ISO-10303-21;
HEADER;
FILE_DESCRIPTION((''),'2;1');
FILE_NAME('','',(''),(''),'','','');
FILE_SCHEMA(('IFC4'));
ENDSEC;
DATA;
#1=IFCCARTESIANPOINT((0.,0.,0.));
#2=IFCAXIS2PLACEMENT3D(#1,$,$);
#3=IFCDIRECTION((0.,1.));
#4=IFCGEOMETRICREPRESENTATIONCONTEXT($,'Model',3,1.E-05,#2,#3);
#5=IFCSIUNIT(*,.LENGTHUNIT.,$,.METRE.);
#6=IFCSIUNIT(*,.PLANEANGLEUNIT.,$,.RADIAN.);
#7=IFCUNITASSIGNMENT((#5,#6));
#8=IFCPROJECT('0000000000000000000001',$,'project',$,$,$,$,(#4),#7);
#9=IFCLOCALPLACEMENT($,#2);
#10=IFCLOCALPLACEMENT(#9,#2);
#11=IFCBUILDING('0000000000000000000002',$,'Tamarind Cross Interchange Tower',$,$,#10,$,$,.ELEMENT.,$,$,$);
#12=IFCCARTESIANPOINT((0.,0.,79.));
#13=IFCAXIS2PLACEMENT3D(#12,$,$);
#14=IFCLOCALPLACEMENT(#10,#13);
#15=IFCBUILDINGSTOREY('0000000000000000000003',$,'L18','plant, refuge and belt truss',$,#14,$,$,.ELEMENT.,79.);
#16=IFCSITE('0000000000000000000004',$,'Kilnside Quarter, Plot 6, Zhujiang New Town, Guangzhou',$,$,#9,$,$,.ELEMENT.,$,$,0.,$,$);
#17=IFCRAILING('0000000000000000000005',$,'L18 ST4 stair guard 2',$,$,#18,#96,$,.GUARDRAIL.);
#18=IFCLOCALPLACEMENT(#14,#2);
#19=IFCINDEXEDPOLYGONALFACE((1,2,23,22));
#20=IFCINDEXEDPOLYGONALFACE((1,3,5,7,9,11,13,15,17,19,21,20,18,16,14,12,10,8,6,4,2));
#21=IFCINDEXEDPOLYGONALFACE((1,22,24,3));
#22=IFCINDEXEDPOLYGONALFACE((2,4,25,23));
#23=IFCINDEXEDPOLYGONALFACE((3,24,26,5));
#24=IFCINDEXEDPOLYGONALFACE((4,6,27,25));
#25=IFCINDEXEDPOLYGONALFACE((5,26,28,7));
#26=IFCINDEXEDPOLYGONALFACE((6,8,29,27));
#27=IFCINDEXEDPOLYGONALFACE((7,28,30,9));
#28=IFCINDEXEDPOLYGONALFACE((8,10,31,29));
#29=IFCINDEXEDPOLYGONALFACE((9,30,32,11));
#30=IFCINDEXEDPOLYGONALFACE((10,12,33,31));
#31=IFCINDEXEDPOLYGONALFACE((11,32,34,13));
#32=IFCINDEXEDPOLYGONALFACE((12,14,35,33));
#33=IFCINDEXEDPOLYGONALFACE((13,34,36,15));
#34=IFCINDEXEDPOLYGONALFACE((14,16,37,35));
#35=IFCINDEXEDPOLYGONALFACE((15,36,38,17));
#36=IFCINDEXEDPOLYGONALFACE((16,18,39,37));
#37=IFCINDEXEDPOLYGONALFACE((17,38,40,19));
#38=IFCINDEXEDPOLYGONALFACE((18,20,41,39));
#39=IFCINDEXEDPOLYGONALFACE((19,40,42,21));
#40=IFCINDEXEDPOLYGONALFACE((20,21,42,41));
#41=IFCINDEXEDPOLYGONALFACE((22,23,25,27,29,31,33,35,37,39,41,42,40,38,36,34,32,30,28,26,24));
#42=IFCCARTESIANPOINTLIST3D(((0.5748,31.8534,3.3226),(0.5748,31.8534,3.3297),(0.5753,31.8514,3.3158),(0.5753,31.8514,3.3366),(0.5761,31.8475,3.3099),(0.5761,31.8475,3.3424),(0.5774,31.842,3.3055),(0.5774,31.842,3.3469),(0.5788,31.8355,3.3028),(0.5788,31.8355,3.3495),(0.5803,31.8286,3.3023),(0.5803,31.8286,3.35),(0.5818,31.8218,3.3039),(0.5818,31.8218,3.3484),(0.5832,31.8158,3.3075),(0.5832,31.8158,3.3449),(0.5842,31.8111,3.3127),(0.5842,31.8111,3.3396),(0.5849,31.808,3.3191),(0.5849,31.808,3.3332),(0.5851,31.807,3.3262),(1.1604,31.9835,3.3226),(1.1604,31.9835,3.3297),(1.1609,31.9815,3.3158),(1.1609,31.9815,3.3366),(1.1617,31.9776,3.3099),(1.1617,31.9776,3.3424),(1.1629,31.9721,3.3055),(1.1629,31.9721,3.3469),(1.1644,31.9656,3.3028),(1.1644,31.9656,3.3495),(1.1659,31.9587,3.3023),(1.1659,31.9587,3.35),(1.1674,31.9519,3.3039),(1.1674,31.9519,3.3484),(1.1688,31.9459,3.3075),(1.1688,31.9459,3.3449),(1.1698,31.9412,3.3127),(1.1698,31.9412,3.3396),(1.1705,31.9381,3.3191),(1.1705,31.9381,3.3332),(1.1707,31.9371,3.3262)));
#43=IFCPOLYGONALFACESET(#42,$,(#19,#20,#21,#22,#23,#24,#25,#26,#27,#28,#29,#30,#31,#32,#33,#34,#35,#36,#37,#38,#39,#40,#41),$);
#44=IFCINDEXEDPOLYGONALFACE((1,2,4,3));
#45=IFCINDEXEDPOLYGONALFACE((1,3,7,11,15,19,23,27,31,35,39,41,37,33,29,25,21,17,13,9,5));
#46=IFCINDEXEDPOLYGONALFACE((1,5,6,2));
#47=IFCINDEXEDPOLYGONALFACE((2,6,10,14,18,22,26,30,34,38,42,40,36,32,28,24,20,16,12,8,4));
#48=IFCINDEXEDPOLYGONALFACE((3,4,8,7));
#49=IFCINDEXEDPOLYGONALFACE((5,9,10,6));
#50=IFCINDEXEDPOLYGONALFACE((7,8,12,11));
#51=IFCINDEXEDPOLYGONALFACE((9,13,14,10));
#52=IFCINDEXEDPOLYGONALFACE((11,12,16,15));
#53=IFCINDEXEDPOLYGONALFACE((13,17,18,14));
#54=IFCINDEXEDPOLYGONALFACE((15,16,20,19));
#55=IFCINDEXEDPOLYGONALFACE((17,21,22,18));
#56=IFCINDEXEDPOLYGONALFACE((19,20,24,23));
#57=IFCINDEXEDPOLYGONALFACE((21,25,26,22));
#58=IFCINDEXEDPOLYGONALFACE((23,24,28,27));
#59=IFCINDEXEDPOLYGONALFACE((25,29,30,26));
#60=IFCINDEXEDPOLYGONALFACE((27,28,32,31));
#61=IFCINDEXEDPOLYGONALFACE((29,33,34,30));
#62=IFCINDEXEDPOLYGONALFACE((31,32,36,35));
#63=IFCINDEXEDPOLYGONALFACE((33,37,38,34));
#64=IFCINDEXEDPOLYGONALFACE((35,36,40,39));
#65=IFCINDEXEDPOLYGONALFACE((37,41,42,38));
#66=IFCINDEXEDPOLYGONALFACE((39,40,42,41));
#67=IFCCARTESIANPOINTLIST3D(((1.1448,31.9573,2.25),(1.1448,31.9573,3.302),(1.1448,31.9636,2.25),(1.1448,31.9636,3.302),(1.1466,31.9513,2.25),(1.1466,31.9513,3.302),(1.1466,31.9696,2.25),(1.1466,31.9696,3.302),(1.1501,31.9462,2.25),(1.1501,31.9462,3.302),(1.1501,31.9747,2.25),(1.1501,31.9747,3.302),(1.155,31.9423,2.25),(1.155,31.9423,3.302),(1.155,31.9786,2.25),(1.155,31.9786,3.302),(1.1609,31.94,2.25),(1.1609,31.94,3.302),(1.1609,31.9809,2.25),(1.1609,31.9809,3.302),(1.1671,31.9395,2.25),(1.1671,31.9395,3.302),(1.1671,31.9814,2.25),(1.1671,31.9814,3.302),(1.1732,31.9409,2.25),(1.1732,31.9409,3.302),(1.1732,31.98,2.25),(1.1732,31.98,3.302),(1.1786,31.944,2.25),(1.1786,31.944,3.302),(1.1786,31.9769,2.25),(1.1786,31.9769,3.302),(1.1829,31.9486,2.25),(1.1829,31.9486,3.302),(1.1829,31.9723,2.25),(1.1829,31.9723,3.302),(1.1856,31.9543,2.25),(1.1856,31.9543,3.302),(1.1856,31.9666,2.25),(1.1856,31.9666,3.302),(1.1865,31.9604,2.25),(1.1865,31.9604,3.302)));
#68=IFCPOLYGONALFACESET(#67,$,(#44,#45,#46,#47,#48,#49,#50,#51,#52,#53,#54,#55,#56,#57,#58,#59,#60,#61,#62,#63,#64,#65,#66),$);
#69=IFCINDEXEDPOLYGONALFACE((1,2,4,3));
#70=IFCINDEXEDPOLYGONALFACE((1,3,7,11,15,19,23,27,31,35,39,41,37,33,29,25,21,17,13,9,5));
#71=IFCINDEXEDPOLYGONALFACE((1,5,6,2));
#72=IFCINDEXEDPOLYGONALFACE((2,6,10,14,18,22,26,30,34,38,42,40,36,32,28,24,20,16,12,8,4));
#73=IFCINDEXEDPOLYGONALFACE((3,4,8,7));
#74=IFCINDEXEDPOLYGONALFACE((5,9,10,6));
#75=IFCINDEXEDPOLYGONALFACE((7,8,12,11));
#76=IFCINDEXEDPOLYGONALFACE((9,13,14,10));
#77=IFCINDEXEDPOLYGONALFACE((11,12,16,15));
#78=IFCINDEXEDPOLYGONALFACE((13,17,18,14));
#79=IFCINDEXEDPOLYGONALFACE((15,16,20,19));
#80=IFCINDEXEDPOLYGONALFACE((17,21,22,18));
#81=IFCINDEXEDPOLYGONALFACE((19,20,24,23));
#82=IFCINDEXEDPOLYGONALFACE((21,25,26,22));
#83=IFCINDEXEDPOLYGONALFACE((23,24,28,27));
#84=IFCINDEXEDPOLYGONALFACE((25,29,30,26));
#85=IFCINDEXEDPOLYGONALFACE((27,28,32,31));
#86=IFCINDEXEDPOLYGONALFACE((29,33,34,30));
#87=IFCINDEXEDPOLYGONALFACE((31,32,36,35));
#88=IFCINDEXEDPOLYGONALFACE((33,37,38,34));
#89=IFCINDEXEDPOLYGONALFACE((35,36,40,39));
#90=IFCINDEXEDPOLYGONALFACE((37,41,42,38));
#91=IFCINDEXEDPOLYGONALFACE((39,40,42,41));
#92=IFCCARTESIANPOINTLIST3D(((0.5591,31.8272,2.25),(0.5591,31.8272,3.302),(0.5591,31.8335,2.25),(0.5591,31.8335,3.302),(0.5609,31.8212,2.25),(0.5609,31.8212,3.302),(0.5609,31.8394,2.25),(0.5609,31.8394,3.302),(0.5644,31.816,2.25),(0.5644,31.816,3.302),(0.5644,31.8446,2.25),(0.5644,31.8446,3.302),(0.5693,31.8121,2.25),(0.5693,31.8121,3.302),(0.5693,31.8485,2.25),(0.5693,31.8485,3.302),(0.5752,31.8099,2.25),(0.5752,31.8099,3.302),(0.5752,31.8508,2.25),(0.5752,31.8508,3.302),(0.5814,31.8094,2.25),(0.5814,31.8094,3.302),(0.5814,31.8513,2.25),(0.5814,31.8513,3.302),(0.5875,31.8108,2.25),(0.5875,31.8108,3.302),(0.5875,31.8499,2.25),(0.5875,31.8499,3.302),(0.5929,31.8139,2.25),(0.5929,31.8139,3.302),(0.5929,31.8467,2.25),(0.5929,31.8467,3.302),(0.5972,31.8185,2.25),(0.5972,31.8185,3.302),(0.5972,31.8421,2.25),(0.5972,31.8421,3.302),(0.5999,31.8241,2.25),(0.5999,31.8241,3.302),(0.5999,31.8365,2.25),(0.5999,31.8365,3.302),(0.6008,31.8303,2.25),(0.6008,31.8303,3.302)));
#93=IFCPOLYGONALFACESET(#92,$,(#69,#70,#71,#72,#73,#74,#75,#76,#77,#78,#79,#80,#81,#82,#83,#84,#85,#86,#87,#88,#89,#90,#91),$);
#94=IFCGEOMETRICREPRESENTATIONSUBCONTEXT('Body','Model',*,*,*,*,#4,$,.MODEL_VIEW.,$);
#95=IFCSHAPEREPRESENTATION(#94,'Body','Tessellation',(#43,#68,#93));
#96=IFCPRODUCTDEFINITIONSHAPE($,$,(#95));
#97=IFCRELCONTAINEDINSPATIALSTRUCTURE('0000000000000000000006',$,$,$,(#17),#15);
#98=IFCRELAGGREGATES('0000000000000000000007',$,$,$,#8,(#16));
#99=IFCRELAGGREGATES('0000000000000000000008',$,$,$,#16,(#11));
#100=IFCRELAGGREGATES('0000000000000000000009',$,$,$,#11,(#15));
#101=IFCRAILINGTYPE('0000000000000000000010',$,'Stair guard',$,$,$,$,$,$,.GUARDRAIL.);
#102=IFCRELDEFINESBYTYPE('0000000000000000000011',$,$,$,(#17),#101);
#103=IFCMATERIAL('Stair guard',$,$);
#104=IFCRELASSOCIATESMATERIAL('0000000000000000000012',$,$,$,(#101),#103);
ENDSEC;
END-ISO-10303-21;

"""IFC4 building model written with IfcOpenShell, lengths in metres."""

from ifc_helpers import new_model, si_unit, direction, frame, origin, origin_2d, place, context, subcontext, project, spatial, circle, extrude, material, type_object, element, save


model = new_model("IFC4")

# Units and contexts
model_context = context("Model", 3, precision=1e-05, world=origin(), true_north=direction((0.0, 1.0)))
body_context = subcontext(model_context, "Body", "Model", "MODEL_VIEW")
ifc_project = project(units=[si_unit("LENGTHUNIT", "METRE"), si_unit("PLANEANGLEUNIT", "RADIAN")], contexts=[model_context])

# Site, building, storey
site_placement = place(None, origin())
site = spatial("IfcSite", under=ifc_project, at=site_placement, Name="Kilnside Quarter, Plot 6, Zhujiang New Town, Guangzhou", CompositionType="ELEMENT", RefElevation=0.0)
building_placement = place(site_placement, origin())
building = spatial("IfcBuilding", under=site, at=building_placement, Name="Tamarind Cross Interchange Tower", CompositionType="ELEMENT")
storey_placement = place(building_placement, frame((0.0, 0.0, 79.0)))
storey = spatial("IfcBuildingStorey", under=building, at=storey_placement, Name="L18", Description="plant, refuge and belt truss", CompositionType="ELEMENT", Elevation=79.0)

# Railing
ifc_material_1 = material(Name="Stair guard")
railing_type_1 = type_object("IfcRailingType", Name="Stair guard", PredefinedType="GUARDRAIL", material=ifc_material_1)
railing_1_placement = place(storey_placement, frame((1.1655, 31.9604, 2.25)))
element("IfcRailing", 1, at=railing_1_placement, inside=storey, type_object=railing_type_1, Name="L18 ST4 stair guard 2", PredefinedType="GUARDRAIL", context=body_context, shape_type="SweptSolid", body=[
    extrude(circle(Radius=0.0239, at=origin_2d()), frame((0.0, 0.0, 1.0762), z_axis=(-0.976197, -0.216887, 0.0), x_axis=(0.216887, -0.976197, 0.0)), (0.0, 0.0, 1.0), 0.5999),
    extrude(circle(Radius=0.021, at=origin_2d()), origin(), (0.0, 0.0, 1.0), 1.052),
    extrude(circle(Radius=0.021, at=origin_2d()), frame((-0.5857, -0.1301, 0.0)), (0.0, 0.0, 1.0), 1.052),
])

save(model, "model.ifc")
